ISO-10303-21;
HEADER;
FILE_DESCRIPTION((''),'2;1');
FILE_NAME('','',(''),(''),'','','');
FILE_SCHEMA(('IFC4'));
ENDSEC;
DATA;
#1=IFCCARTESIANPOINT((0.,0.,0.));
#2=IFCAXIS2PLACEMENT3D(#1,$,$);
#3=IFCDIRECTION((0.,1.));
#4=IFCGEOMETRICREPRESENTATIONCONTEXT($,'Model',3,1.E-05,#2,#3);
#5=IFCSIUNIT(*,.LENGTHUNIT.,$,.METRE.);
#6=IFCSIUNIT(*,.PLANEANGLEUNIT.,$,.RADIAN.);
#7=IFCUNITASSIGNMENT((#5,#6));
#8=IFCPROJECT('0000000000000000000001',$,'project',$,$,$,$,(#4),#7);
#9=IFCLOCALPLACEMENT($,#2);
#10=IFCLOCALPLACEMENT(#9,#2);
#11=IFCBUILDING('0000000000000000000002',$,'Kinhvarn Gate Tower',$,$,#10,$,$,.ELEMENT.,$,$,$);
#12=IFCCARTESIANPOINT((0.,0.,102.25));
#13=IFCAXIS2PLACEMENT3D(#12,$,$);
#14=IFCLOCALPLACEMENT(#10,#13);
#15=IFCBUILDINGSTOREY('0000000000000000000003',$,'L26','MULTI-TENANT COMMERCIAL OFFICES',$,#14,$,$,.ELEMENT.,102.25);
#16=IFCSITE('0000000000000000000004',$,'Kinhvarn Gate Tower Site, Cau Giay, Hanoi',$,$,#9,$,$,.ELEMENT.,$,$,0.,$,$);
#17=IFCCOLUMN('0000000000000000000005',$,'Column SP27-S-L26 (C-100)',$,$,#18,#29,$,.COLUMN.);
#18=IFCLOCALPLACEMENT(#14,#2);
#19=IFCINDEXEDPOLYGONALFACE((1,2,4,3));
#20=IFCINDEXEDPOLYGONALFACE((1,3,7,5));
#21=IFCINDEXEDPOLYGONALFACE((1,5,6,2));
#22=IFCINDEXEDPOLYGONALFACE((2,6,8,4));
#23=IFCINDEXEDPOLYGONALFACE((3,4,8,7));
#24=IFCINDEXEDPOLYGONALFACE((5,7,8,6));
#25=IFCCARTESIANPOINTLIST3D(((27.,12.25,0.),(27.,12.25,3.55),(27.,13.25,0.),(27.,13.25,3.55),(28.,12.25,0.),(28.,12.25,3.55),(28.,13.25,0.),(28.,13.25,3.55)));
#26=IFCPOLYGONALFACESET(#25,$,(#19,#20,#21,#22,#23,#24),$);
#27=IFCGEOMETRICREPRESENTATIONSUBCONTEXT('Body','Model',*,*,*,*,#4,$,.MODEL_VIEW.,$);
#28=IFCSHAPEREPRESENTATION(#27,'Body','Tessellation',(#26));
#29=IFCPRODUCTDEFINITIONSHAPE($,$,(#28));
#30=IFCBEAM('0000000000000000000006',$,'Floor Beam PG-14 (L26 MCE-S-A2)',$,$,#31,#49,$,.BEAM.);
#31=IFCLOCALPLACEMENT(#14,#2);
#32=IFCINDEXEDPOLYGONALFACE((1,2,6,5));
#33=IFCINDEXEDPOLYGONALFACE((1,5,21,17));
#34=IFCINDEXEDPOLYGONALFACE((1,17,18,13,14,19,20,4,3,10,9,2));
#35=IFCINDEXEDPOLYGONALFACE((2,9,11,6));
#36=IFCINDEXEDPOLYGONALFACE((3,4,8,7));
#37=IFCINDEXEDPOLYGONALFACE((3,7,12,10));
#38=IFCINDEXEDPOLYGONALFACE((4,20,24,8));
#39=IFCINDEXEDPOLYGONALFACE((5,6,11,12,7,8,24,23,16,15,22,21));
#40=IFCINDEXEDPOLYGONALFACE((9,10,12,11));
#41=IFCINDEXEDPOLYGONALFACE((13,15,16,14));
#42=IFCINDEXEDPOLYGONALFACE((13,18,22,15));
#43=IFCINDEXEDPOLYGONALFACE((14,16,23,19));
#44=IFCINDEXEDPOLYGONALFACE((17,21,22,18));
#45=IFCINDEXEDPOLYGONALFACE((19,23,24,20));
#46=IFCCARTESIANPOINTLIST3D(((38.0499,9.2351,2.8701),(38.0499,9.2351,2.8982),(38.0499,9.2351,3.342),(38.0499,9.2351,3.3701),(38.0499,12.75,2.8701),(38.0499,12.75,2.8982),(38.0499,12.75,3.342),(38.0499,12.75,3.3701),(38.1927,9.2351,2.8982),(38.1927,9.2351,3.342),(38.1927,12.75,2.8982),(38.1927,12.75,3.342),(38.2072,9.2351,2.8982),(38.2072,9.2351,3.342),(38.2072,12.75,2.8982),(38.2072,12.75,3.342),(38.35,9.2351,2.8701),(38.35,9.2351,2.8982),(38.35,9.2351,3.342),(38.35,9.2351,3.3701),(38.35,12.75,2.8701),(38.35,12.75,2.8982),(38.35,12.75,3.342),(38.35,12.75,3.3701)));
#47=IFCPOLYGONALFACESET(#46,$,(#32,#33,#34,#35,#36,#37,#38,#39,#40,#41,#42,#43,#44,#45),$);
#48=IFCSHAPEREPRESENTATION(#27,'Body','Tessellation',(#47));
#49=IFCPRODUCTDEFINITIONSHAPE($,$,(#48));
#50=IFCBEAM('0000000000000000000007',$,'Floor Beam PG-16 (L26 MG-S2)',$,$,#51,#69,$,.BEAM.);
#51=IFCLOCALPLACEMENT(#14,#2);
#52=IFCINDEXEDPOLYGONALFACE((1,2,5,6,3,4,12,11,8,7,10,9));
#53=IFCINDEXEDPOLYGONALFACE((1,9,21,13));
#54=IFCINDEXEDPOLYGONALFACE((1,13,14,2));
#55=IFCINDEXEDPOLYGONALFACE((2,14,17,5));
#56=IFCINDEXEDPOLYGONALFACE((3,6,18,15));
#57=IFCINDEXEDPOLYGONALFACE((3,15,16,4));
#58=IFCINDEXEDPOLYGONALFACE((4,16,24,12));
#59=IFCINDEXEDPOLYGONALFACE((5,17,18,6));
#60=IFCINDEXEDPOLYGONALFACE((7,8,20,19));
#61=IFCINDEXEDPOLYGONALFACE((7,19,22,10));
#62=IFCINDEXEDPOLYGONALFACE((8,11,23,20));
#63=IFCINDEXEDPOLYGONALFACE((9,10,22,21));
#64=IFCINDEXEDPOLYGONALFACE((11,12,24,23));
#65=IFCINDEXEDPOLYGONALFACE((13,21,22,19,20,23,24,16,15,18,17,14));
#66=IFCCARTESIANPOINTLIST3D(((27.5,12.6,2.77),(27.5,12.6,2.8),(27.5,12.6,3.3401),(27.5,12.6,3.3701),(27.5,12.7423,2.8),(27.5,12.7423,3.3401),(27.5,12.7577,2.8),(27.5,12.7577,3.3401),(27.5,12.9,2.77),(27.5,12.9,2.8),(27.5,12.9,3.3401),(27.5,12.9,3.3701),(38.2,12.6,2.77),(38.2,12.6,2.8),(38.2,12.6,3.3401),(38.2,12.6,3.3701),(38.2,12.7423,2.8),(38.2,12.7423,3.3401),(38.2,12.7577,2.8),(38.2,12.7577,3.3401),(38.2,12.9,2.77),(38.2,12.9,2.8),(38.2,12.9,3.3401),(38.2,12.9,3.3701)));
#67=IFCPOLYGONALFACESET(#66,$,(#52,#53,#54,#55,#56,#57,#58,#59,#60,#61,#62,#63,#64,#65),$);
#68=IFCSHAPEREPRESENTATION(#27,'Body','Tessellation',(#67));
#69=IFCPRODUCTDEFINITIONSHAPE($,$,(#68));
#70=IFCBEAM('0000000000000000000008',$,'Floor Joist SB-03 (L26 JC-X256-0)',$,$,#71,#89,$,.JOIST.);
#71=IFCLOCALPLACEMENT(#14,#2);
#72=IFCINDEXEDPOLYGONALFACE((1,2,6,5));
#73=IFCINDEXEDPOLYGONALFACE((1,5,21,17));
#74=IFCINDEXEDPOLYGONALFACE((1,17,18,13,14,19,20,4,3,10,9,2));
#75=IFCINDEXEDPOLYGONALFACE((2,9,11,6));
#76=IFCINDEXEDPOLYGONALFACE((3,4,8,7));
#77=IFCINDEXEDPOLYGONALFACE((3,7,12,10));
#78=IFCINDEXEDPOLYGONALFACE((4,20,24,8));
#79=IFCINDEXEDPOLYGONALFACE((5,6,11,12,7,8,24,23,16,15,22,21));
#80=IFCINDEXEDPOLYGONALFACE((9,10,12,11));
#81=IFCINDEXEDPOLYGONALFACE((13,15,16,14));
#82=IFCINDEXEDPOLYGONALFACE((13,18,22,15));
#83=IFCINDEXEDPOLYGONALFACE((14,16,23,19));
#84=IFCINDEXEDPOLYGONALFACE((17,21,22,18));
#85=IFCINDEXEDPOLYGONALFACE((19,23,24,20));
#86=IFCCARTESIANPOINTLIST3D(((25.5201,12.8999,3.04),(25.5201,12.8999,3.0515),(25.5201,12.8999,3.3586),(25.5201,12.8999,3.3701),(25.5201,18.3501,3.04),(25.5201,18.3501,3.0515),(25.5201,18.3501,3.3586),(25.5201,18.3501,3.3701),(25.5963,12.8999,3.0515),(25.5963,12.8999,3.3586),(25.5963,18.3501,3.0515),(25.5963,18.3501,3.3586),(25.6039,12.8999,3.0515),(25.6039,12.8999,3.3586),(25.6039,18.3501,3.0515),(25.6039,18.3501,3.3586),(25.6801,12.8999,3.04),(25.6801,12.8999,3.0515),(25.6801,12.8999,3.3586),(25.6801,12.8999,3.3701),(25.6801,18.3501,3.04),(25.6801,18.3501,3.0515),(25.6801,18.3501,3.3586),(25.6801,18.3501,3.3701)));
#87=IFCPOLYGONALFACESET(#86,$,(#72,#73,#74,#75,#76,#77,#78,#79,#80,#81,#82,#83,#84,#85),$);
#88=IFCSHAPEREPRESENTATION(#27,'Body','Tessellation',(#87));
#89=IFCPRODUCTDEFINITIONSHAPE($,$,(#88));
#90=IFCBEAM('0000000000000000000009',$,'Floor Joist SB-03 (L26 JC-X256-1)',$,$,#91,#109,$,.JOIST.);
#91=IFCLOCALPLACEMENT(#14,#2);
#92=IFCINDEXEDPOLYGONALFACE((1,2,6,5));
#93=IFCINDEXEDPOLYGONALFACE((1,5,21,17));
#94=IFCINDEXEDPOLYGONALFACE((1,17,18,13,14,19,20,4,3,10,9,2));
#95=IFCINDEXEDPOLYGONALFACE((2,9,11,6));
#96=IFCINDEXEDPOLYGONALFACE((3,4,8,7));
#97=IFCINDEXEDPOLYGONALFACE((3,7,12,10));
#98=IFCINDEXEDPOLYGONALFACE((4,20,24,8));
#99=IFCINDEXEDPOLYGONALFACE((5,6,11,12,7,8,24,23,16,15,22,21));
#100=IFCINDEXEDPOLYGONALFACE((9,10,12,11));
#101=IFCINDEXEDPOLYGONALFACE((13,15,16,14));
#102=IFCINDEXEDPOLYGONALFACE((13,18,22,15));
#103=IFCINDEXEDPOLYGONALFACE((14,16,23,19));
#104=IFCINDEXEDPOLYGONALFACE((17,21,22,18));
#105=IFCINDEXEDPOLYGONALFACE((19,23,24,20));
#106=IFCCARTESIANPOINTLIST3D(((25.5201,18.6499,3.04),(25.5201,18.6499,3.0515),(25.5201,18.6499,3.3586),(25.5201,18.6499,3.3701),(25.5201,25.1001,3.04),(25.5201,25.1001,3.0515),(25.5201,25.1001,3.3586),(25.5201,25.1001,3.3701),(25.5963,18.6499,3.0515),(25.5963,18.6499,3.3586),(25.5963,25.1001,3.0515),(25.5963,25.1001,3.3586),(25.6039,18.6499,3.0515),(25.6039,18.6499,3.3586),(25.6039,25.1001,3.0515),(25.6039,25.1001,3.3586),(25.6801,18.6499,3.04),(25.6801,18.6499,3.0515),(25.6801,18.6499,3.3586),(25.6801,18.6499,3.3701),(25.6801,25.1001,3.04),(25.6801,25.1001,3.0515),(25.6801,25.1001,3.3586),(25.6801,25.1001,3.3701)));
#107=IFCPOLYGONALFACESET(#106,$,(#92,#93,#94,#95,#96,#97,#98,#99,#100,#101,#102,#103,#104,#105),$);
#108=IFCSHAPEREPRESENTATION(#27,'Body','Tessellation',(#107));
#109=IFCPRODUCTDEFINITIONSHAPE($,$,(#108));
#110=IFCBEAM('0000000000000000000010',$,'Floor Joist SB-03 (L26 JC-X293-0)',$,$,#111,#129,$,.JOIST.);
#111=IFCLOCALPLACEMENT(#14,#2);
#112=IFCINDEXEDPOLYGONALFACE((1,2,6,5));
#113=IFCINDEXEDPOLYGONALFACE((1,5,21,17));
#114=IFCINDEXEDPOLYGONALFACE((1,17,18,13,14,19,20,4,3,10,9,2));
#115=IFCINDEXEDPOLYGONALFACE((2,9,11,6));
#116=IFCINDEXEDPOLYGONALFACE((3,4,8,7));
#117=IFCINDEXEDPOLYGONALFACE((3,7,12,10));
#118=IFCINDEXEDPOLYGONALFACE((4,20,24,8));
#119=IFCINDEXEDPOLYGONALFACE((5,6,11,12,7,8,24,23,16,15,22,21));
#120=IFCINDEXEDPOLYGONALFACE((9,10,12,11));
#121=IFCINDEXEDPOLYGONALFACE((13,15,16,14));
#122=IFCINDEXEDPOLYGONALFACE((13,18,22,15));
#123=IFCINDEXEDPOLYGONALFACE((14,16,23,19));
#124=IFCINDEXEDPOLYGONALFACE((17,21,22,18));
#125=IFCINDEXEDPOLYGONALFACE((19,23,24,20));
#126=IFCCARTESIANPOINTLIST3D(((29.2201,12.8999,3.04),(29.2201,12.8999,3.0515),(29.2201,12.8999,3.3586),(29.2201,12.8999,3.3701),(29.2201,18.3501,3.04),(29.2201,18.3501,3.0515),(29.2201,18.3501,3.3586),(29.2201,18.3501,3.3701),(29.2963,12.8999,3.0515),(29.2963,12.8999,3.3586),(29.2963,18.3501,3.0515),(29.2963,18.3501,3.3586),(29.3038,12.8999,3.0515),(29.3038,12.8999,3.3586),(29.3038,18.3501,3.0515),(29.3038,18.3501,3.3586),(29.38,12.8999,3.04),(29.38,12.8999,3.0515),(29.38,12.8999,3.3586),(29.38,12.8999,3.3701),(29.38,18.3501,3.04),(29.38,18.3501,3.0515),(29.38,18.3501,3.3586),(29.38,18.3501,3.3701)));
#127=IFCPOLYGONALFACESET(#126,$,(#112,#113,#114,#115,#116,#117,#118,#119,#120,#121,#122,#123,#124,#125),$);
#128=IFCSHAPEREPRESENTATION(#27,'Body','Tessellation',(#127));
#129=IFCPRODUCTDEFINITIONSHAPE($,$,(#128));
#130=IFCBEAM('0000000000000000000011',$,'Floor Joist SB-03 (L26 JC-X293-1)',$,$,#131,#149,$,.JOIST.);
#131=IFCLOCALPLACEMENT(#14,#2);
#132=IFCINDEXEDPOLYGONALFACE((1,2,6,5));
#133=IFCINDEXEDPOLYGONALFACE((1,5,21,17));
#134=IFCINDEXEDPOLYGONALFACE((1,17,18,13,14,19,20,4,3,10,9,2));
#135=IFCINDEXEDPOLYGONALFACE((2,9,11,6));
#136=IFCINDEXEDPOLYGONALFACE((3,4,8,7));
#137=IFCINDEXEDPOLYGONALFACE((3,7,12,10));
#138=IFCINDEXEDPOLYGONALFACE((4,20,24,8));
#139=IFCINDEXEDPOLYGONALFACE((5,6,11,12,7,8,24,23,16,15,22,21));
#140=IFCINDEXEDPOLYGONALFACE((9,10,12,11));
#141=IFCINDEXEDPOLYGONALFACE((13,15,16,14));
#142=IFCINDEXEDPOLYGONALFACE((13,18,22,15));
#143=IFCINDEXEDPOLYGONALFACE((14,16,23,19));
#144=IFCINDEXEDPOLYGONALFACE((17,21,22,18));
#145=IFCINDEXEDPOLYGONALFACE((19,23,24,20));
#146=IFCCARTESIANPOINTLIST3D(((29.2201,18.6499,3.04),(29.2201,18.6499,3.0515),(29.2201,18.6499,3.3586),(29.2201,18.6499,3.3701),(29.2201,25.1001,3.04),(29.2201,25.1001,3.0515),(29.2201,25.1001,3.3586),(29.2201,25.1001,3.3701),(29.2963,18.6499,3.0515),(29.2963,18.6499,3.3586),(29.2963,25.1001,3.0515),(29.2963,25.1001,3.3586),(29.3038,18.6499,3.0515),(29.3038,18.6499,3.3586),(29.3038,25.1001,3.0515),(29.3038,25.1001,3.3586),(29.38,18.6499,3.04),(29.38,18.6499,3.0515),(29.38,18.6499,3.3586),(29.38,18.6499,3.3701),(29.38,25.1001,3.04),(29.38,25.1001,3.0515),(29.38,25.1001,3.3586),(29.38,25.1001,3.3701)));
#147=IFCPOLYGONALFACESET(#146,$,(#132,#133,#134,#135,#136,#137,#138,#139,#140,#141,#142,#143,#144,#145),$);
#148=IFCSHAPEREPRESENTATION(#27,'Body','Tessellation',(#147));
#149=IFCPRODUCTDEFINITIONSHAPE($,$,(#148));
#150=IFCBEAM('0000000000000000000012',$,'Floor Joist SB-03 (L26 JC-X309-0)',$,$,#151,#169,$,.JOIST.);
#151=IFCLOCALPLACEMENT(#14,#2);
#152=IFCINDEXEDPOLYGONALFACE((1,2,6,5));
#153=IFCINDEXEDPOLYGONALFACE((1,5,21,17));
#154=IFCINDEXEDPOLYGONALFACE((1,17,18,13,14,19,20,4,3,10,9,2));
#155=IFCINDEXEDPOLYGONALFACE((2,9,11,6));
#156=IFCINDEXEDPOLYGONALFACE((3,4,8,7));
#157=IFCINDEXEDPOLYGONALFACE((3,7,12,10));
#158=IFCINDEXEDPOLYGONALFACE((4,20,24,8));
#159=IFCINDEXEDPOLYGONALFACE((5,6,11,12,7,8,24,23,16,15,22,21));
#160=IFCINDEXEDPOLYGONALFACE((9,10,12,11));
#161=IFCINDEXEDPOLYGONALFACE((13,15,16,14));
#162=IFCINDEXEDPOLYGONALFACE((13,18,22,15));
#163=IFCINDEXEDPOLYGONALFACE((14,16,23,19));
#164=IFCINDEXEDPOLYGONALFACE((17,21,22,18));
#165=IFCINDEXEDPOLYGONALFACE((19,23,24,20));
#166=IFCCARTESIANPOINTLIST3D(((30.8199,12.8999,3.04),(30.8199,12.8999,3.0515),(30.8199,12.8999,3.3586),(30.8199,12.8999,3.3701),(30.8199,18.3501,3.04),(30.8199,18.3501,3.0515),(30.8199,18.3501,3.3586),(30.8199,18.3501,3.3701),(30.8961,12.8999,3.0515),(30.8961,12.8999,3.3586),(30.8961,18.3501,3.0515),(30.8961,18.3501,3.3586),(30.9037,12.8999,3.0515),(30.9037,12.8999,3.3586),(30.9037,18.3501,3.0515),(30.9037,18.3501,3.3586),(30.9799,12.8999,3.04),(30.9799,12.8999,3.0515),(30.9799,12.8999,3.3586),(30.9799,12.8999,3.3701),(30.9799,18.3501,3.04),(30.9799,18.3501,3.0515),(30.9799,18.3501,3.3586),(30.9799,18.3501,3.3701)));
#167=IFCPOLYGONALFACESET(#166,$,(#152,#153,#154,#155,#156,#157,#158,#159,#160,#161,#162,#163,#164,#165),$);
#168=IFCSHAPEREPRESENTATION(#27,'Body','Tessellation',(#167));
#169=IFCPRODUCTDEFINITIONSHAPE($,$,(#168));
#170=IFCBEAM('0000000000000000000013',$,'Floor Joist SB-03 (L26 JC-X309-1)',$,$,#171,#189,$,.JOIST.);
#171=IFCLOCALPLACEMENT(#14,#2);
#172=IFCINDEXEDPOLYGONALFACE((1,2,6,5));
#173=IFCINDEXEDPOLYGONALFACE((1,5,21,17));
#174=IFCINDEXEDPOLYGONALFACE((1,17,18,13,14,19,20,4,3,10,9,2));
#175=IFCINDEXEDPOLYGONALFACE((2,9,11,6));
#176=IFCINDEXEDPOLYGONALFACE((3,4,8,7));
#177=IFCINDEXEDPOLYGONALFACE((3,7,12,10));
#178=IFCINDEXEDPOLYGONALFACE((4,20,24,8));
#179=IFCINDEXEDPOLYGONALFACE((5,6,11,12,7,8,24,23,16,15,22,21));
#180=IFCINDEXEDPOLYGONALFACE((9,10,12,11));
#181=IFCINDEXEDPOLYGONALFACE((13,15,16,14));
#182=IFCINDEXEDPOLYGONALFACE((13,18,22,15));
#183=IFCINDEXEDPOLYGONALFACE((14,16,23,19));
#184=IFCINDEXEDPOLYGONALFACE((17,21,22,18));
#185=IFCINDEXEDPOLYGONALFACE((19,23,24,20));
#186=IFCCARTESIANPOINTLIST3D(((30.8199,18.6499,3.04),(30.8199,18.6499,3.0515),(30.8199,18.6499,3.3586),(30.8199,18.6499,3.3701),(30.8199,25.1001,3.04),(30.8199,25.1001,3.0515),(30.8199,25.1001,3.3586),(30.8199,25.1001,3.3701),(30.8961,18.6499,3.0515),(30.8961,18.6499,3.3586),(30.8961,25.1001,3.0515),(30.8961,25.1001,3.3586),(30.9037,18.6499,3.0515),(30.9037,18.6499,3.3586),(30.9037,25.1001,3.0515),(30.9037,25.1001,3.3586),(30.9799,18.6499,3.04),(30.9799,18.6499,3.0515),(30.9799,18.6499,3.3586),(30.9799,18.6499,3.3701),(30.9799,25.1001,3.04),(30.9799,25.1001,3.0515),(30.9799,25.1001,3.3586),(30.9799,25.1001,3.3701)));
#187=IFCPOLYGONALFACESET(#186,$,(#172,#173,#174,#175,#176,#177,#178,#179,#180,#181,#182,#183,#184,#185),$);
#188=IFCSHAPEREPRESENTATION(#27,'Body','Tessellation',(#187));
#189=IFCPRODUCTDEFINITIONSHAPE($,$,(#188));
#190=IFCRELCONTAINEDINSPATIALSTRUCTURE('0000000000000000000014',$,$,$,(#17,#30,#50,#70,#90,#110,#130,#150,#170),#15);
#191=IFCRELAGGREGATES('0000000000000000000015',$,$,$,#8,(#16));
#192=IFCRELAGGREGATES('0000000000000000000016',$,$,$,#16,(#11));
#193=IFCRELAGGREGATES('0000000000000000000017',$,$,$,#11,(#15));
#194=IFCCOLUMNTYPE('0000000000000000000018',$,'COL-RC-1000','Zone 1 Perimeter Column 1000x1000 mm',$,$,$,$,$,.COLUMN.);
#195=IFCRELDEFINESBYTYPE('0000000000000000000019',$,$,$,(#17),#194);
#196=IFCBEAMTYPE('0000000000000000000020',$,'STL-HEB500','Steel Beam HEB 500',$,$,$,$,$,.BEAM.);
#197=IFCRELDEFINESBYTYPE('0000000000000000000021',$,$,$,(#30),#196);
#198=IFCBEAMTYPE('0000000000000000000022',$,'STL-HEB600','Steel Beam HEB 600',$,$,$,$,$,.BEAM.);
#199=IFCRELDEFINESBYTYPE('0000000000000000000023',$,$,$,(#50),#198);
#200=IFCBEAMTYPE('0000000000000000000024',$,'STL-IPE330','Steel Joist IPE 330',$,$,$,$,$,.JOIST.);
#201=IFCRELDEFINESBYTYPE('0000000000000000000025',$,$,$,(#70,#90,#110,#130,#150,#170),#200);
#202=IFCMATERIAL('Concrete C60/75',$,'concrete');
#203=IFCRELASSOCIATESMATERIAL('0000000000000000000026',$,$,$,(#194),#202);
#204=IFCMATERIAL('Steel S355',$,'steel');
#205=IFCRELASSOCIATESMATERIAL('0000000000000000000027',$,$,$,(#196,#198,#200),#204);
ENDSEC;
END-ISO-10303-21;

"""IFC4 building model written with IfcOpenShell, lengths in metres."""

from ifc_helpers import new_model, si_unit, direction, frame, origin, origin_2d, place, context, subcontext, project, spatial, rectangle, i_section, extrude, material, material_profile, profile_set, type_object, element, save


model = new_model("IFC4")

# Units and contexts
model_context = context("Model", 3, precision=1e-05, world=origin(), true_north=direction((0.0, 1.0)))
body_context = subcontext(model_context, "Body", "Model", "MODEL_VIEW")
ifc_project = project(units=[si_unit("LENGTHUNIT", "METRE"), si_unit("PLANEANGLEUNIT", "RADIAN")], contexts=[model_context])

# Site, building, storey
site_placement = place(None, origin())
site = spatial("IfcSite", under=ifc_project, at=site_placement, Name="Kinhvarn Gate Tower Site, Cau Giay, Hanoi", CompositionType="ELEMENT", RefElevation=0.0)
building_placement = place(site_placement, origin())
building = spatial("IfcBuilding", under=site, at=building_placement, Name="Kinhvarn Gate Tower", CompositionType="ELEMENT")
storey_placement = place(building_placement, frame((0.0, 0.0, 102.25)))
storey = spatial("IfcBuildingStorey", under=building, at=storey_placement, Name="L26", Description="MULTI-TENANT COMMERCIAL OFFICES", CompositionType="ELEMENT", Elevation=102.25)

# Column
ifc_material_1 = material(Name="Concrete C60/75", Category="concrete")
ifc_material_profile_1 = material_profile(ifc_material_1, rectangle(XDim=1.0, YDim=1.0, at=origin_2d()), Name="RC 1000x1000")
ifc_profile_set_1 = profile_set([ifc_material_profile_1], Name="Concrete C60/75")
column_type = type_object("IfcColumnType", Name="COL-RC-1000", Description="Zone 1 Perimeter Column 1000x1000 mm", PredefinedType="COLUMN", material=ifc_profile_set_1)
column_placement = place(storey_placement, frame((27.5, 12.75, 0.0), z_axis=(0.0, 0.0, 1.0), x_axis=(1.0, 0.0, 0.0)))
element("IfcColumn", 1, at=column_placement, inside=storey, type_object=column_type, Name="Column SP27-S-L26 (C-100)", PredefinedType="COLUMN", context=body_context, shape_type="SweptSolid", body=[
    extrude(rectangle(XDim=1.0, YDim=1.0, at=origin_2d()), origin(), (0.0, 0.0, 1.0), 3.55),
])

# Beams
ifc_material_2 = material(Name="Steel S355", Category="steel")
ifc_material_profile_2 = material_profile(ifc_material_2, i_section(OverallWidth=0.3, OverallDepth=0.5, WebThickness=0.0144, FlangeThickness=0.0281, at=origin_2d()), Name="HEB 500")
ifc_profile_set_2 = profile_set([ifc_material_profile_2], Name="Steel S355")
beam_type_1 = type_object("IfcBeamType", Name="STL-HEB500", Description="Steel Beam HEB 500", PredefinedType="BEAM", material=ifc_profile_set_2)
beam_1_placement = place(storey_placement, frame((38.2, 9.2351, 3.1201), z_axis=(0.0, 1.0, 0.0), x_axis=(-1.0, 0.0, 0.0)))
element("IfcBeam", 2, at=beam_1_placement, inside=storey, type_object=beam_type_1, Name="Floor Beam PG-14 (L26 MCE-S-A2)", PredefinedType="BEAM", context=body_context, shape_type="SweptSolid", body=[
    extrude(i_section(OverallWidth=0.3, OverallDepth=0.5, WebThickness=0.0144, FlangeThickness=0.0281, at=origin_2d()), origin(), (0.0, 0.0, 1.0), 3.5149),
])
ifc_material_profile_3 = material_profile(ifc_material_2, i_section(OverallWidth=0.3, OverallDepth=0.6001, WebThickness=0.0154, FlangeThickness=0.03, at=origin_2d()), Name="HEB 600")
ifc_profile_set_3 = profile_set([ifc_material_profile_3], Name="Steel S355")
beam_type_2 = type_object("IfcBeamType", Name="STL-HEB600", Description="Steel Beam HEB 600", PredefinedType="BEAM", material=ifc_profile_set_3)
beam_2_placement = place(storey_placement, frame((27.5, 12.75, 3.0701), z_axis=(1.0, 0.0, 0.0), x_axis=(0.0, 1.0, 0.0)))
element("IfcBeam", 3, at=beam_2_placement, inside=storey, type_object=beam_type_2, Name="Floor Beam PG-16 (L26 MG-S2)", PredefinedType="BEAM", context=body_context, shape_type="SweptSolid", body=[
    extrude(i_section(OverallWidth=0.3, OverallDepth=0.6001, WebThickness=0.0154, FlangeThickness=0.03, at=origin_2d()), origin(), (0.0, 0.0, 1.0), 10.7),
])
ifc_material_profile_4 = material_profile(ifc_material_2, i_section(OverallWidth=0.1599, OverallDepth=0.3301, WebThickness=0.0076, FlangeThickness=0.0115, at=origin_2d()), Name="IPE 330")
ifc_profile_set_4 = profile_set([ifc_material_profile_4], Name="Steel S355")
beam_type_3 = type_object("IfcBeamType", Name="STL-IPE330", Description="Steel Joist IPE 330", PredefinedType="JOIST", material=ifc_profile_set_4)
beam_3_placement = place(storey_placement, frame((25.6001, 12.8999, 3.2051), z_axis=(0.0, 1.0, 0.0), x_axis=(-1.0, 0.0, 0.0)))
element("IfcBeam", 4, at=beam_3_placement, inside=storey, type_object=beam_type_3, Name="Floor Joist SB-03 (L26 JC-X256-0)", PredefinedType="JOIST", context=body_context, shape_type="SweptSolid", body=[
    extrude(i_section(OverallWidth=0.1599, OverallDepth=0.3301, WebThickness=0.0076, FlangeThickness=0.0115, at=origin_2d()), origin(), (0.0, 0.0, 1.0), 5.4502),
])
beam_4_placement = place(storey_placement, frame((25.6001, 18.6499, 3.2051), z_axis=(0.0, 1.0, 0.0), x_axis=(-1.0, 0.0, 0.0)))
element("IfcBeam", 5, at=beam_4_placement, inside=storey, type_object=beam_type_3, Name="Floor Joist SB-03 (L26 JC-X256-1)", PredefinedType="JOIST", context=body_context, shape_type="SweptSolid", body=[
    extrude(i_section(OverallWidth=0.1599, OverallDepth=0.3301, WebThickness=0.0076, FlangeThickness=0.0115, at=origin_2d()), origin(), (0.0, 0.0, 1.0), 6.4502),
])
beam_5_placement = place(storey_placement, frame((29.3, 12.8999, 3.2051), z_axis=(0.0, 1.0, 0.0), x_axis=(-1.0, 0.0, 0.0)))
element("IfcBeam", 6, at=beam_5_placement, inside=storey, type_object=beam_type_3, Name="Floor Joist SB-03 (L26 JC-X293-0)", PredefinedType="JOIST", context=body_context, shape_type="SweptSolid", body=[
    extrude(i_section(OverallWidth=0.1599, OverallDepth=0.3301, WebThickness=0.0076, FlangeThickness=0.0115, at=origin_2d()), origin(), (0.0, 0.0, 1.0), 5.4502),
])
beam_6_placement = place(storey_placement, frame((29.3, 18.6499, 3.2051), z_axis=(0.0, 1.0, 0.0), x_axis=(-1.0, 0.0, 0.0)))
element("IfcBeam", 7, at=beam_6_placement, inside=storey, type_object=beam_type_3, Name="Floor Joist SB-03 (L26 JC-X293-1)", PredefinedType="JOIST", context=body_context, shape_type="SweptSolid", body=[
    extrude(i_section(OverallWidth=0.1599, OverallDepth=0.3301, WebThickness=0.0076, FlangeThickness=0.0115, at=origin_2d()), origin(), (0.0, 0.0, 1.0), 6.4502),
])
beam_7_placement = place(storey_placement, frame((30.8999, 12.8999, 3.2051), z_axis=(0.0, 1.0, 0.0), x_axis=(-1.0, 0.0, 0.0)))
element("IfcBeam", 8, at=beam_7_placement, inside=storey, type_object=beam_type_3, Name="Floor Joist SB-03 (L26 JC-X309-0)", PredefinedType="JOIST", context=body_context, shape_type="SweptSolid", body=[
    extrude(i_section(OverallWidth=0.1599, OverallDepth=0.3301, WebThickness=0.0076, FlangeThickness=0.0115, at=origin_2d()), origin(), (0.0, 0.0, 1.0), 5.4502),
])
beam_8_placement = place(storey_placement, frame((30.8999, 18.6499, 3.2051), z_axis=(0.0, 1.0, 0.0), x_axis=(-1.0, 0.0, 0.0)))
element("IfcBeam", 9, at=beam_8_placement, inside=storey, type_object=beam_type_3, Name="Floor Joist SB-03 (L26 JC-X309-1)", PredefinedType="JOIST", context=body_context, shape_type="SweptSolid", body=[
    extrude(i_section(OverallWidth=0.1599, OverallDepth=0.3301, WebThickness=0.0076, FlangeThickness=0.0115, at=origin_2d()), origin(), (0.0, 0.0, 1.0), 6.4502),
])

save(model, "model.ifc")
